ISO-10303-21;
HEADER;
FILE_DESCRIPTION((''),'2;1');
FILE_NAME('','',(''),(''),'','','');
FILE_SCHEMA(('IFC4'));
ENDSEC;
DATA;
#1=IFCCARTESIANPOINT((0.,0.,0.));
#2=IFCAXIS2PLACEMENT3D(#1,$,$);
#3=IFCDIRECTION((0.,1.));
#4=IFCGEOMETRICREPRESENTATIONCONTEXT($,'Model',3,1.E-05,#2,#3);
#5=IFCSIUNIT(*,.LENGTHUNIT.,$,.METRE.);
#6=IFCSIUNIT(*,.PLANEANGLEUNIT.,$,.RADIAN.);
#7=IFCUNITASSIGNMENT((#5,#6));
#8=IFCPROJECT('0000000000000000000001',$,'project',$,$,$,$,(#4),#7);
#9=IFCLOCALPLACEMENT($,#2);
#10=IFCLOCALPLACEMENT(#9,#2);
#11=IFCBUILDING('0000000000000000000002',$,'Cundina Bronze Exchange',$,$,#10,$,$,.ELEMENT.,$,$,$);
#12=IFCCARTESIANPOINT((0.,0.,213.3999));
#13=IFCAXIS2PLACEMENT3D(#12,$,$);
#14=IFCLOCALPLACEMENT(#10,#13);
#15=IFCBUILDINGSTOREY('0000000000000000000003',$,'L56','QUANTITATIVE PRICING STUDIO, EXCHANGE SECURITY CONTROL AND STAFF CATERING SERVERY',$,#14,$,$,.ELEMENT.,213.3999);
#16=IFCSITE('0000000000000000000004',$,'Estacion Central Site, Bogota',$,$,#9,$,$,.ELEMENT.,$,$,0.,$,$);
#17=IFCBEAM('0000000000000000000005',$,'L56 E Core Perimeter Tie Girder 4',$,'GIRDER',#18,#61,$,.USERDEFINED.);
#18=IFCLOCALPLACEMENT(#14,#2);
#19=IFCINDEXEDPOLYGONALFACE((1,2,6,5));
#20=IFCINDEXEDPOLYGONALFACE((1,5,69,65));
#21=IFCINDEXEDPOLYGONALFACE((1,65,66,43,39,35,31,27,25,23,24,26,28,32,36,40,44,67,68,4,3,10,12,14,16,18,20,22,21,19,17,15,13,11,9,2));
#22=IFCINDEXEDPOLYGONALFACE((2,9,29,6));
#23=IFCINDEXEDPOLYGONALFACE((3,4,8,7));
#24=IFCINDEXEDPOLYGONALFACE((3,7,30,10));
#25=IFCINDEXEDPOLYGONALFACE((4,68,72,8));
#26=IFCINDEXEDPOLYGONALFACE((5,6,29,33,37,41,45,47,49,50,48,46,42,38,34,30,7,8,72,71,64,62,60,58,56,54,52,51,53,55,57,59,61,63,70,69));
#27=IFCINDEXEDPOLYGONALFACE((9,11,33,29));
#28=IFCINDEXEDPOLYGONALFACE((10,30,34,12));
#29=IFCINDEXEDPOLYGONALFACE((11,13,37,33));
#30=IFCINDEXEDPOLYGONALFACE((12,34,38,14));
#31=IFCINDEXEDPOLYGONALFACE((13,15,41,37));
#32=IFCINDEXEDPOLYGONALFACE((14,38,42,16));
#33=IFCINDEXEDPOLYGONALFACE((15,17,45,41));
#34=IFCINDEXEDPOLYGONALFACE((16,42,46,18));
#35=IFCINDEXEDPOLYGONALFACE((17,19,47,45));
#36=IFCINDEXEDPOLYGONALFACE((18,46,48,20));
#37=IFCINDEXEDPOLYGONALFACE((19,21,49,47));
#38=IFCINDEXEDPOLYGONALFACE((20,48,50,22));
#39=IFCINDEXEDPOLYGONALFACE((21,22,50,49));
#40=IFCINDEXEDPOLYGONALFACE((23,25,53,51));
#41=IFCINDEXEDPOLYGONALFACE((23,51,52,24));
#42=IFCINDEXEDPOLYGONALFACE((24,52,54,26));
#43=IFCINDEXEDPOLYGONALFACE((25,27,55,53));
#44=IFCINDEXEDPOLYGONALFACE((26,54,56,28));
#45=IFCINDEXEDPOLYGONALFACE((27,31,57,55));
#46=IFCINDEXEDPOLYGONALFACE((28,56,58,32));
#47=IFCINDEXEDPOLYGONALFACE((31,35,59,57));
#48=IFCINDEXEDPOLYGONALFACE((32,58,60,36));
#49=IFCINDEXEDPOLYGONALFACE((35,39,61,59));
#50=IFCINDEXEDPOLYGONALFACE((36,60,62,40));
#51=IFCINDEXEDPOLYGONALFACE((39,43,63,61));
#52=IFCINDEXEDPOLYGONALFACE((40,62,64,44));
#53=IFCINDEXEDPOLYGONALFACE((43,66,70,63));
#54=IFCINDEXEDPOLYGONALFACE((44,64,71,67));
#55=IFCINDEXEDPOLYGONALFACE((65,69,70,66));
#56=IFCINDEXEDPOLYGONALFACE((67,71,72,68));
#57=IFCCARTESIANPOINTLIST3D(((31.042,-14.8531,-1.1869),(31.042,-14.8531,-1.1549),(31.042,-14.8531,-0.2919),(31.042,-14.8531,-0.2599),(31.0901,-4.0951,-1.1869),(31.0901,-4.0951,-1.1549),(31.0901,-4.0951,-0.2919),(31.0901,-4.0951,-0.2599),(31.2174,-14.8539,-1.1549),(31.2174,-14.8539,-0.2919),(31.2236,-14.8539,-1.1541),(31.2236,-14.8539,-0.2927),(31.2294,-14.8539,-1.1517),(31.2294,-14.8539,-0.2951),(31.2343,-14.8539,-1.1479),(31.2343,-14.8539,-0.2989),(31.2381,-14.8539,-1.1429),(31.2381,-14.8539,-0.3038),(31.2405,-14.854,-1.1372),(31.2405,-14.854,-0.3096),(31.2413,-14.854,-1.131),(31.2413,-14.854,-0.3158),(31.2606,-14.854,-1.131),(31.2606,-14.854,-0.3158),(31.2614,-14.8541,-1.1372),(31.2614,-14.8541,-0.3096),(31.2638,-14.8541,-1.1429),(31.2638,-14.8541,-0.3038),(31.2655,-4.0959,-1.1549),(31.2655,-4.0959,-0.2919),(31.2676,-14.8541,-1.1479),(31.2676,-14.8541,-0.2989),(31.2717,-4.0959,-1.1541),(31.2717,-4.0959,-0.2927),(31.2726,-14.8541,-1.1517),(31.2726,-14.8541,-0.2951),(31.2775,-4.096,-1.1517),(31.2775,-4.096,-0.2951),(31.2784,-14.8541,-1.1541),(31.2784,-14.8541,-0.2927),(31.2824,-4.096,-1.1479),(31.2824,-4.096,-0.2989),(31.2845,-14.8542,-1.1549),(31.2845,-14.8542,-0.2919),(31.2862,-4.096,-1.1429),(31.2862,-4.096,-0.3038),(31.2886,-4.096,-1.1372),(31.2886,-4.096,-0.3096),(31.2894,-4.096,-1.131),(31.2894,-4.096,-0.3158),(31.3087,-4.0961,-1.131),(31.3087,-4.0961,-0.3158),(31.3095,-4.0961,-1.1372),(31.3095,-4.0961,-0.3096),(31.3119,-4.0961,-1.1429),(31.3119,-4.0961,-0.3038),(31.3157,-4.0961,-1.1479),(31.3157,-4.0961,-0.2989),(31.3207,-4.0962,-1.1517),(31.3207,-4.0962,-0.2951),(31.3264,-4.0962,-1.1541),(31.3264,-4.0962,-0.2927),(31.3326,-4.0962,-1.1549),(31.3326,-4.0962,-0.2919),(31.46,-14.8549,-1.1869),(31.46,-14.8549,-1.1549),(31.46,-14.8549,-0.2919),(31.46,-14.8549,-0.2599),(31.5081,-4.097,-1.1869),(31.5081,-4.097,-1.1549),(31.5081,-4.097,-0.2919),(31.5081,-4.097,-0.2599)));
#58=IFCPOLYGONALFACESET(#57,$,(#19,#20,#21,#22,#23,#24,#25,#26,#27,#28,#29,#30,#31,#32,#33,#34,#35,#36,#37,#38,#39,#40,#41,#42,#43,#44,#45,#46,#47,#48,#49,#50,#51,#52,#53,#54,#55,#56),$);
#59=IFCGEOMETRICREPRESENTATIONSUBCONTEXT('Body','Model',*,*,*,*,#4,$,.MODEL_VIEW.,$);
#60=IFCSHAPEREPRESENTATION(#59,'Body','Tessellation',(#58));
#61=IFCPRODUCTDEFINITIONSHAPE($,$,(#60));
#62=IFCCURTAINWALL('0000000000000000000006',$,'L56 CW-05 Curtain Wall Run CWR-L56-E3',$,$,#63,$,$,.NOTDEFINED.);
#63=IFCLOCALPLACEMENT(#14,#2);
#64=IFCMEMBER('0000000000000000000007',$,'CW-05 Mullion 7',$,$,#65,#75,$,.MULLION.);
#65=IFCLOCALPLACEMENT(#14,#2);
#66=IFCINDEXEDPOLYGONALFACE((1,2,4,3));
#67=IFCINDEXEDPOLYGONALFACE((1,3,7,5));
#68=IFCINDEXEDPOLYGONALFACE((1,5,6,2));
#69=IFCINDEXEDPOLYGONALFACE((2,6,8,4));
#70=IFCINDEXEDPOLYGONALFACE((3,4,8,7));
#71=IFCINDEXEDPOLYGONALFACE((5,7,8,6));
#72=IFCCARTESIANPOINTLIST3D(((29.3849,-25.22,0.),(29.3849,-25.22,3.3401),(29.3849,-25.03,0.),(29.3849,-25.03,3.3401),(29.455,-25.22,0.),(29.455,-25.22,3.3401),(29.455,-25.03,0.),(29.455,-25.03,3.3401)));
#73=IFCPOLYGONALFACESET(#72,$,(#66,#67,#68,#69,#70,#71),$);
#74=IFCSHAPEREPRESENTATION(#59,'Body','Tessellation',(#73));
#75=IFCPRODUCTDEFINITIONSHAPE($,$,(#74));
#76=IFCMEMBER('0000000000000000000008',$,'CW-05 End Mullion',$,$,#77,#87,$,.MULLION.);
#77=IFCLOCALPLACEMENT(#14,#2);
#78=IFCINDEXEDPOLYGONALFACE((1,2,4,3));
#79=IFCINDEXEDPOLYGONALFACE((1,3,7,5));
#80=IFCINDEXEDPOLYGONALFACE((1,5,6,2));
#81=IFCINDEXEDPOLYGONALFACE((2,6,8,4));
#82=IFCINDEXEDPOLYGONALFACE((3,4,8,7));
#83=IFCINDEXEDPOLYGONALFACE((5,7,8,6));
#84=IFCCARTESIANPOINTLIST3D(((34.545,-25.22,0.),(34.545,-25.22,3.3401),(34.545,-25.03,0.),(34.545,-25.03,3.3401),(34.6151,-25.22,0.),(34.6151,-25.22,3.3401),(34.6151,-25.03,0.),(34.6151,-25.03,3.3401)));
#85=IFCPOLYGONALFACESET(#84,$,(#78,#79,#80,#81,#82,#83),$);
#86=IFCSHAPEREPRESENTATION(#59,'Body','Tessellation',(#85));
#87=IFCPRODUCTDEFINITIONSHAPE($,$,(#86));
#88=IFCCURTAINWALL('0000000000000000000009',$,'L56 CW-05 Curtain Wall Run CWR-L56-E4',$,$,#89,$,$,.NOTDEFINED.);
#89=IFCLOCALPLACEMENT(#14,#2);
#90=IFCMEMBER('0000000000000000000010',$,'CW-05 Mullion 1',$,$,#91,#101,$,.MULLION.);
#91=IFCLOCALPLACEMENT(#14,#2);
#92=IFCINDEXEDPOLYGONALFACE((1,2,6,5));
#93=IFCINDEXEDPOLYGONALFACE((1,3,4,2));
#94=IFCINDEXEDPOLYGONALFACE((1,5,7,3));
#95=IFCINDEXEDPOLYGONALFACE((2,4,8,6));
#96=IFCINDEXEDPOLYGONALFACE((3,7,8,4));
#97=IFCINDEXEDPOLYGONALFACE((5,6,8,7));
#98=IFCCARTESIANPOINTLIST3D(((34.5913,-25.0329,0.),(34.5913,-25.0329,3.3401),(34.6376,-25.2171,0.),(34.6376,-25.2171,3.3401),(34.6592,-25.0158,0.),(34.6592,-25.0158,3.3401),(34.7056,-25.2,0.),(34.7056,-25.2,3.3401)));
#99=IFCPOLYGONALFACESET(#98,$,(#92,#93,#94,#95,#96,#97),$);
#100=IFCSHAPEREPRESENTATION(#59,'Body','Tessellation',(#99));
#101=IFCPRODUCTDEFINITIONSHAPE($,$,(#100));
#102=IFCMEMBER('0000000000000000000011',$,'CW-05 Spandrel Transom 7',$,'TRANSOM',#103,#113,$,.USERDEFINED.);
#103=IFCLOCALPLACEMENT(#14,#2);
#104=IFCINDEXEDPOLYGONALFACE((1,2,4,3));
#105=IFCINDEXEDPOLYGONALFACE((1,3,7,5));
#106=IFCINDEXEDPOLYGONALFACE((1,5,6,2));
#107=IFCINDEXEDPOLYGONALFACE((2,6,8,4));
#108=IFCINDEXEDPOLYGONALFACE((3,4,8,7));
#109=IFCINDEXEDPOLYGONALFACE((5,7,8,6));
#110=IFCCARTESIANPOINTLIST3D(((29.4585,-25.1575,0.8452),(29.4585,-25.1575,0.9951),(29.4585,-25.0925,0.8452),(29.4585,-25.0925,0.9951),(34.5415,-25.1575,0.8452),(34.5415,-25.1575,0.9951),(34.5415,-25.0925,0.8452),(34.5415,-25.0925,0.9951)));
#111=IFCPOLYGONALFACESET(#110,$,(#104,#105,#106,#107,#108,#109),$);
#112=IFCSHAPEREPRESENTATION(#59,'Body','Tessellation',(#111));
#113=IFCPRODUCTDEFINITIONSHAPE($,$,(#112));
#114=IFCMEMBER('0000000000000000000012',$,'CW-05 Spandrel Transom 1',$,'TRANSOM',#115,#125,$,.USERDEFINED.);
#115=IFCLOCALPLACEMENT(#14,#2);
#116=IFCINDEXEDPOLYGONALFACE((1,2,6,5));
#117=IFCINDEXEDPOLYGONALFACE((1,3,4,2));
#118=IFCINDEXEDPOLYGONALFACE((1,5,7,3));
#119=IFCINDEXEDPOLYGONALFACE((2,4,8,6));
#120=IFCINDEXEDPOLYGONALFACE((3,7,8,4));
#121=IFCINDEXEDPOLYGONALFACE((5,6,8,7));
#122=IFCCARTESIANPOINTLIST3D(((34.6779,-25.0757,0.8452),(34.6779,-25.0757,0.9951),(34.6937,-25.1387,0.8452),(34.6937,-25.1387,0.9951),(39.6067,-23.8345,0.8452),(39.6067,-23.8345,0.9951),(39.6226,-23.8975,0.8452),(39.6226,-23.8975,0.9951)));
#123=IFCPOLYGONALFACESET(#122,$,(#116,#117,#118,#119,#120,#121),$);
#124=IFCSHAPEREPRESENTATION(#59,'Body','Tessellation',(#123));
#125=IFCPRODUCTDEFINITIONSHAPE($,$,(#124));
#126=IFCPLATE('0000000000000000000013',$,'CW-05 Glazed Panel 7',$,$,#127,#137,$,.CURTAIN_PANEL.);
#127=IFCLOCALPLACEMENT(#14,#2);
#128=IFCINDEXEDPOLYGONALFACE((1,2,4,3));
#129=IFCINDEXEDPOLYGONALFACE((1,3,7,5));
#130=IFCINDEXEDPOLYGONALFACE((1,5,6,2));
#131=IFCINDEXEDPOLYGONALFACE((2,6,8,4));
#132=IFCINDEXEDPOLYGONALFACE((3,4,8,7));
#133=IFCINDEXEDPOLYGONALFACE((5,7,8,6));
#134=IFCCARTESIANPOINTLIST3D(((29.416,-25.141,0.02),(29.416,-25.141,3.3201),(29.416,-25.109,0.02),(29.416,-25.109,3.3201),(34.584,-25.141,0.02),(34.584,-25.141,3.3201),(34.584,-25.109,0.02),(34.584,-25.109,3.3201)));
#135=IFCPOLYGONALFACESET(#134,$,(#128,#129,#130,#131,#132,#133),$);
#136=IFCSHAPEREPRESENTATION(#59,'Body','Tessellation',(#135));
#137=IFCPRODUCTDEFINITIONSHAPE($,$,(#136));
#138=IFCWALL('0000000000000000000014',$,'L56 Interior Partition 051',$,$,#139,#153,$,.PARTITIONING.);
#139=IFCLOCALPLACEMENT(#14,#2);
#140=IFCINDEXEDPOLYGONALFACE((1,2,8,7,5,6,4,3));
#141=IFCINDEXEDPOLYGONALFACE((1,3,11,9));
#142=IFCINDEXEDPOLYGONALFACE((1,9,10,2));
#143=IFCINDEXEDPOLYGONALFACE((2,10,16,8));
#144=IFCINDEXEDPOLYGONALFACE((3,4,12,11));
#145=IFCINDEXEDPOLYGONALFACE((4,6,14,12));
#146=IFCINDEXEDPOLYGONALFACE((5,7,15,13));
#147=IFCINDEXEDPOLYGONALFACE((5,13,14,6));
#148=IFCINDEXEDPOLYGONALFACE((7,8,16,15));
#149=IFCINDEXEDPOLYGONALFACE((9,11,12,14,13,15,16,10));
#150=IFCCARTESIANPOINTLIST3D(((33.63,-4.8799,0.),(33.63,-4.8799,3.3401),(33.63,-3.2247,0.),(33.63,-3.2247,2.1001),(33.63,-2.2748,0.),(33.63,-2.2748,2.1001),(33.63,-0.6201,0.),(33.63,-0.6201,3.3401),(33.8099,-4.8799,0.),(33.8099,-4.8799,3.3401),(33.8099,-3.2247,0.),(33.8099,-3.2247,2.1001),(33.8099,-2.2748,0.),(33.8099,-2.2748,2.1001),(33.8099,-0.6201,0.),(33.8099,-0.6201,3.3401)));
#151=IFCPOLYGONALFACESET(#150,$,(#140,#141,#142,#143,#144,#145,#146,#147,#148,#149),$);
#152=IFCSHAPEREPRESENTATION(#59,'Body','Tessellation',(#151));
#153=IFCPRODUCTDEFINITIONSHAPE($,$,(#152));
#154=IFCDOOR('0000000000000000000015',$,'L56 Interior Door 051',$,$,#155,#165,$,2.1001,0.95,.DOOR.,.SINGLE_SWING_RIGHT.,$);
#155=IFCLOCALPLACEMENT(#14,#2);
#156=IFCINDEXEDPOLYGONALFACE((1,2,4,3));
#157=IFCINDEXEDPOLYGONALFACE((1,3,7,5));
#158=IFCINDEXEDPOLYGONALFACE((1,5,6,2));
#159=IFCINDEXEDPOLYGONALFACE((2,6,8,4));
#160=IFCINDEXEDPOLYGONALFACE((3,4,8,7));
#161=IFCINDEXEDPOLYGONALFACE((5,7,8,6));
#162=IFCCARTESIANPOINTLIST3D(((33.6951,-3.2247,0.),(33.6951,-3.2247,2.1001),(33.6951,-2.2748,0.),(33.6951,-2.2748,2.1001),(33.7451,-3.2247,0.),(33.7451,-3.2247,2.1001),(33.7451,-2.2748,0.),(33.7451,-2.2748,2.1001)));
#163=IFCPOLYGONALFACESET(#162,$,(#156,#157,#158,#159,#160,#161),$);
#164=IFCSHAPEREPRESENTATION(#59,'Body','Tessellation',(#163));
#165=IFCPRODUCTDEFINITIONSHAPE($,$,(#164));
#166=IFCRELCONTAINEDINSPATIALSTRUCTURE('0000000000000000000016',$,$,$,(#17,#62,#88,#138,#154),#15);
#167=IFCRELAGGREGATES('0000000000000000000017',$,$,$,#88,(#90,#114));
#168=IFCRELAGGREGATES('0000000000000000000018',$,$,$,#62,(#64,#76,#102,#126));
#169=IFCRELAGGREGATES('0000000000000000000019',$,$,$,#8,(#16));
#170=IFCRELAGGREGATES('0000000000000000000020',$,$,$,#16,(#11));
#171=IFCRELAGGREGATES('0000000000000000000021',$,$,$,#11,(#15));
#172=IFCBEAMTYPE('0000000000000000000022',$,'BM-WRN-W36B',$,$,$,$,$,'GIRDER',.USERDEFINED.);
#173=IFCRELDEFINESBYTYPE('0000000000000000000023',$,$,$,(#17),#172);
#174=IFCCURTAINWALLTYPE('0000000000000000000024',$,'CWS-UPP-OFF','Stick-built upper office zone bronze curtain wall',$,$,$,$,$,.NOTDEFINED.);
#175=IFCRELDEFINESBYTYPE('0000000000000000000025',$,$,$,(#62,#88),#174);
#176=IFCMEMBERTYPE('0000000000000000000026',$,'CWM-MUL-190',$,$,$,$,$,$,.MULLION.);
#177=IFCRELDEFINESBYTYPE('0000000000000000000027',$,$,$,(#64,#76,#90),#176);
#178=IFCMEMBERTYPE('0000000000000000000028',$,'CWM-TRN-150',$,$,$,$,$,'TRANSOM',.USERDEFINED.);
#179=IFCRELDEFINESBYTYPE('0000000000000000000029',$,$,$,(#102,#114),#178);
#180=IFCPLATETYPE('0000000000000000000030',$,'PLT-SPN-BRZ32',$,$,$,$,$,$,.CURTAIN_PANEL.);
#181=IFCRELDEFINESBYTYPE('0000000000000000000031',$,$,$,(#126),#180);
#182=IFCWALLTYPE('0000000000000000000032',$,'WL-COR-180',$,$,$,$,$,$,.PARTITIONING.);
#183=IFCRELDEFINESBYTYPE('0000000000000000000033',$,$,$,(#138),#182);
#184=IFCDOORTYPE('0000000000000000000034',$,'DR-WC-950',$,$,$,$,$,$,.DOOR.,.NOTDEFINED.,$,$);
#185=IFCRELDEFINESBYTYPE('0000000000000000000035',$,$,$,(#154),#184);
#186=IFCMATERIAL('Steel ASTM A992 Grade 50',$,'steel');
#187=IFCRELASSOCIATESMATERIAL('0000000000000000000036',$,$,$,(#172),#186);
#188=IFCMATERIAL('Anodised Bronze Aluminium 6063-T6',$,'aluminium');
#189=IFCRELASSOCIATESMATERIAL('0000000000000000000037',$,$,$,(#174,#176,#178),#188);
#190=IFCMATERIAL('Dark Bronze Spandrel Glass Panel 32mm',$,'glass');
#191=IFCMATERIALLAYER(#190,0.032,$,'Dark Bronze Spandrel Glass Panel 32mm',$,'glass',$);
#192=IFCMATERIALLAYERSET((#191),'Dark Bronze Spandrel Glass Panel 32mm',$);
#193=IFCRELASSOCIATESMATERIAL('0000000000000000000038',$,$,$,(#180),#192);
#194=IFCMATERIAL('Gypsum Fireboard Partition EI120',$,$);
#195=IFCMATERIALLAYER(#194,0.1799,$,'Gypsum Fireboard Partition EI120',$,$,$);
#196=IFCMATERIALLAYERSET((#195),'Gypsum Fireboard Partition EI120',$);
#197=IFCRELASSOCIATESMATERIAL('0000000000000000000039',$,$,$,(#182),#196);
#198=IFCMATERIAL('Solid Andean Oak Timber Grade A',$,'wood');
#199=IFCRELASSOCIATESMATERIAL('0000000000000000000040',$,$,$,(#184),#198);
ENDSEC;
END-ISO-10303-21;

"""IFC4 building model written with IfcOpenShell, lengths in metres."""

from ifc_helpers import new_model, si_unit, direction, frame, frame_2d, origin, origin_2d, place, context, subcontext, project, spatial, rectangle, i_section, extrude, material, layer, layer_set, material_profile, profile_set, type_object, element, fill, aggregate, save


model = new_model("IFC4")

# Units and contexts
model_context = context("Model", 3, precision=1e-05, world=origin(), true_north=direction((0.0, 1.0)))
body_context = subcontext(model_context, "Body", "Model", "MODEL_VIEW")
ifc_project = project(units=[si_unit("LENGTHUNIT", "METRE"), si_unit("PLANEANGLEUNIT", "RADIAN")], contexts=[model_context])

# Site, building, storey
site_placement = place(None, origin())
site = spatial("IfcSite", under=ifc_project, at=site_placement, Name="Estacion Central Site, Bogota", CompositionType="ELEMENT", RefElevation=0.0)
building_placement = place(site_placement, origin())
building = spatial("IfcBuilding", under=site, at=building_placement, Name="Cundina Bronze Exchange", CompositionType="ELEMENT")
storey_placement = place(building_placement, frame((0.0, 0.0, 213.3999)))
storey = spatial("IfcBuildingStorey", under=building, at=storey_placement, Name="L56", Description="QUANTITATIVE PRICING STUDIO, EXCHANGE SECURITY CONTROL AND STAFF CATERING SERVERY", CompositionType="ELEMENT", Elevation=213.3999)

# Shared definitions
ifc_material_1 = material(Name="Steel ASTM A992 Grade 50", Category="steel")

# Beam
ifc_material_profile_1 = material_profile(ifc_material_1, i_section(OverallWidth=0.418, OverallDepth=0.927, WebThickness=0.0193, FlangeThickness=0.032, FilletRadius=0.0239, at=origin_2d()), Name="W36X231", Category="steel")
ifc_profile_set_1 = profile_set([ifc_material_profile_1], Name="Steel ASTM A992 Grade 50")
beam_type_1 = type_object("IfcBeamType", Name="BM-WRN-W36B", ElementType="GIRDER", PredefinedType="USERDEFINED", material=ifc_profile_set_1)
beam_1_placement = place(storey_placement, frame((31.251, -14.854, -0.7234), z_axis=(0.004471, 0.99999, 0.0), x_axis=(-0.99999, 0.004471, 0.0)))
element("IfcBeam", 1, at=beam_1_placement, inside=storey, type_object=beam_type_1, Name="L56 E Core Perimeter Tie Girder 4", ObjectType="GIRDER", PredefinedType="USERDEFINED", context=body_context, shape_type="SweptSolid", body=[
    extrude(i_section(OverallWidth=0.418, OverallDepth=0.927, WebThickness=0.0193, FlangeThickness=0.032, FilletRadius=0.0239, at=origin_2d()), origin(), (0.0, 0.0, 1.0), 10.7581),
])

# Curtain wall, members
ifc_material_2 = material(Name="Anodised Bronze Aluminium 6063-T6", Category="aluminium")
curtain_wall_type = type_object("IfcCurtainWallType", Name="CWS-UPP-OFF", Description="Stick-built upper office zone bronze curtain wall", PredefinedType="NOTDEFINED", material=ifc_material_2)
curtain_wall_1_placement = place(storey_placement, origin())
curtain_wall_1 = element("IfcCurtainWall", 2, at=curtain_wall_1_placement, inside=storey, type_object=curtain_wall_type, Name="L56 CW-05 Curtain Wall Run CWR-L56-E3", PredefinedType="NOTDEFINED")
ifc_material_profile_2 = material_profile(ifc_material_2, rectangle(XDim=0.0701, YDim=0.1899, at=origin_2d()), Name="AL70X190", Category="aluminium")
ifc_profile_set_2 = profile_set([ifc_material_profile_2], Name="Anodised Bronze Aluminium 6063-T6")
member_type_1 = type_object("IfcMemberType", Name="CWM-MUL-190", PredefinedType="MULLION", material=ifc_profile_set_2)
member_1_placement = place(storey_placement, frame((29.4199, -25.125, 0.0), z_axis=(0.0, 0.0, 1.0), x_axis=(1.0, 0.0, 0.0)))
member_1 = element("IfcMember", 3, at=member_1_placement, type_object=member_type_1, Name="CW-05 Mullion 7", PredefinedType="MULLION", context=body_context, shape_type="SweptSolid", body=[
    extrude(rectangle(XDim=0.0701, YDim=0.1899, at=origin_2d()), origin(), (0.0, 0.0, 1.0), 3.3401),
])
member_2_placement = place(storey_placement, frame((34.5801, -25.125, 0.0), z_axis=(0.0, 0.0, 1.0), x_axis=(1.0, 0.0, 0.0)))
member_2 = element("IfcMember", 4, at=member_2_placement, type_object=member_type_1, Name="CW-05 End Mullion", PredefinedType="MULLION", context=body_context, shape_type="SweptSolid", body=[
    extrude(rectangle(XDim=0.0701, YDim=0.1899, at=origin_2d()), origin(), (0.0, 0.0, 1.0), 3.3401),
])

# Curtain wall, member
curtain_wall_2_placement = place(storey_placement, origin())
curtain_wall_2 = element("IfcCurtainWall", 5, at=curtain_wall_2_placement, inside=storey, type_object=curtain_wall_type, Name="L56 CW-05 Curtain Wall Run CWR-L56-E4", PredefinedType="NOTDEFINED")
member_3_placement = place(storey_placement, frame((34.6484, -25.1165, 0.0), z_axis=(0.0, 0.0, 1.0), x_axis=(0.969744, 0.244123, 0.0)))
member_3 = element("IfcMember", 6, at=member_3_placement, type_object=member_type_1, Name="CW-05 Mullion 1", PredefinedType="MULLION", context=body_context, shape_type="SweptSolid", body=[
    extrude(rectangle(XDim=0.0701, YDim=0.1899, at=origin_2d()), origin(), (0.0, 0.0, 1.0), 3.3401),
])

# Members
ifc_material_profile_3 = material_profile(ifc_material_2, rectangle(XDim=0.0649, YDim=0.1499, at=origin_2d()), Name="AL65X150", Category="aluminium")
ifc_profile_set_3 = profile_set([ifc_material_profile_3], Name="Anodised Bronze Aluminium 6063-T6")
member_type_2 = type_object("IfcMemberType", Name="CWM-TRN-150", ElementType="TRANSOM", PredefinedType="USERDEFINED", material=ifc_profile_set_3)
member_4_placement = place(storey_placement, frame((29.4585, -25.125, 0.9202), z_axis=(1.0, 0.0, 0.0), x_axis=(0.0, 1.0, 0.0)))
member_4 = element("IfcMember", 7, at=member_4_placement, type_object=member_type_2, Name="CW-05 Spandrel Transom 7", ObjectType="TRANSOM", PredefinedType="USERDEFINED", context=body_context, shape_type="SweptSolid", body=[
    extrude(rectangle(XDim=0.0649, YDim=0.1499, at=origin_2d()), origin(), (0.0, 0.0, 1.0), 5.083),
])
member_5_placement = place(storey_placement, frame((34.6858, -25.1072, 0.9202), z_axis=(0.969726, 0.244197, 0.0), x_axis=(-0.244197, 0.969726, 0.0)))
member_5 = element("IfcMember", 8, at=member_5_placement, type_object=member_type_2, Name="CW-05 Spandrel Transom 1", ObjectType="TRANSOM", PredefinedType="USERDEFINED", context=body_context, shape_type="SweptSolid", body=[
    extrude(rectangle(XDim=0.0649, YDim=0.1499, at=origin_2d()), origin(), (0.0, 0.0, 1.0), 5.0828),
])
aggregate(curtain_wall_2, [member_3, member_5])

# Plate
ifc_material_3 = material(Name="Dark Bronze Spandrel Glass Panel 32mm", Category="glass")
ifc_layer_1 = layer(ifc_material_3, 0.032, Name="Dark Bronze Spandrel Glass Panel 32mm", Category="glass")
ifc_layer_set_1 = layer_set([ifc_layer_1], Name="Dark Bronze Spandrel Glass Panel 32mm")
plate_type = type_object("IfcPlateType", Name="PLT-SPN-BRZ32", PredefinedType="CURTAIN_PANEL", material=ifc_layer_set_1)
plate_placement = place(storey_placement, frame((32.0, -25.125, 0.02), z_axis=(0.0, 0.0, 1.0), x_axis=(1.0, 0.0, 0.0)))
plate = element("IfcPlate", 9, at=plate_placement, type_object=plate_type, Name="CW-05 Glazed Panel 7", PredefinedType="CURTAIN_PANEL", context=body_context, shape_type="SweptSolid", body=[
    extrude(rectangle(XDim=5.168, YDim=0.032, at=origin_2d()), origin(), (0.0, 0.0, 1.0), 3.3),
])
aggregate(curtain_wall_1, [member_1, member_2, member_4, plate])

# Wall, opening, door
ifc_material_4 = material(Name="Gypsum Fireboard Partition EI120")
ifc_layer_2 = layer(ifc_material_4, 0.1799, Name="Gypsum Fireboard Partition EI120")
ifc_layer_set_2 = layer_set([ifc_layer_2], Name="Gypsum Fireboard Partition EI120")
wall_type_1 = type_object("IfcWallType", Name="WL-COR-180", PredefinedType="PARTITIONING", material=ifc_layer_set_2)
wall_1_placement = place(storey_placement, frame((33.72, -4.8799, 0.0), z_axis=(0.0, 0.0, 1.0), x_axis=(0.0, 1.0, 0.0)))
wall_1 = element("IfcWall", 10, at=wall_1_placement, inside=storey, type_object=wall_type_1, Name="L56 Interior Partition 051", PredefinedType="PARTITIONING", context=body_context, shape_type="SweptSolid", body=[
    extrude(rectangle(XDim=4.2598, YDim=0.1799, at=frame_2d((2.1299, 0.0))), origin(), (0.0, 0.0, 1.0), 3.3401),
])
opening_1_placement = place(wall_1_placement, frame((1.655, 0.0, 0.0)))
opening_1 = element("IfcOpeningElement", 11, at=opening_1_placement, cuts=wall_1, PredefinedType="OPENING", context=body_context, shape_type="SweptSolid", body=[
    extrude(rectangle(XDim=0.95, YDim=2.1001, at=frame_2d((0.4751, 1.05))), frame((0.0, 0.0999, 0.0), z_axis=(0.0, -1.0, 0.0), x_axis=(1.0, 0.0, 0.0)), (0.0, 0.0, 1.0), 0.2),
])
ifc_material_5 = material(Name="Solid Andean Oak Timber Grade A", Category="wood")
door_type_1 = type_object("IfcDoorType", Name="DR-WC-950", OperationType="NOTDEFINED", PredefinedType="DOOR", material=ifc_material_5)
door_1_placement = place(opening_1_placement, origin())
door_1 = element("IfcDoor", 12, at=door_1_placement, inside=storey, type_object=door_type_1, Name="L56 Interior Door 051", OperationType="SINGLE_SWING_RIGHT", OverallHeight=2.1001, OverallWidth=0.95, PredefinedType="DOOR", context=body_context, shape_type="SweptSolid", body=[
    extrude(rectangle(XDim=0.95, YDim=2.1001, at=frame_2d((0.4751, 1.05))), frame((0.0, 0.0249, 0.0), z_axis=(0.0, -1.0, 0.0), x_axis=(1.0, 0.0, 0.0)), (0.0, 0.0, 1.0), 0.05),
])
fill(opening_1, door_1)

save(model, "model.ifc")
